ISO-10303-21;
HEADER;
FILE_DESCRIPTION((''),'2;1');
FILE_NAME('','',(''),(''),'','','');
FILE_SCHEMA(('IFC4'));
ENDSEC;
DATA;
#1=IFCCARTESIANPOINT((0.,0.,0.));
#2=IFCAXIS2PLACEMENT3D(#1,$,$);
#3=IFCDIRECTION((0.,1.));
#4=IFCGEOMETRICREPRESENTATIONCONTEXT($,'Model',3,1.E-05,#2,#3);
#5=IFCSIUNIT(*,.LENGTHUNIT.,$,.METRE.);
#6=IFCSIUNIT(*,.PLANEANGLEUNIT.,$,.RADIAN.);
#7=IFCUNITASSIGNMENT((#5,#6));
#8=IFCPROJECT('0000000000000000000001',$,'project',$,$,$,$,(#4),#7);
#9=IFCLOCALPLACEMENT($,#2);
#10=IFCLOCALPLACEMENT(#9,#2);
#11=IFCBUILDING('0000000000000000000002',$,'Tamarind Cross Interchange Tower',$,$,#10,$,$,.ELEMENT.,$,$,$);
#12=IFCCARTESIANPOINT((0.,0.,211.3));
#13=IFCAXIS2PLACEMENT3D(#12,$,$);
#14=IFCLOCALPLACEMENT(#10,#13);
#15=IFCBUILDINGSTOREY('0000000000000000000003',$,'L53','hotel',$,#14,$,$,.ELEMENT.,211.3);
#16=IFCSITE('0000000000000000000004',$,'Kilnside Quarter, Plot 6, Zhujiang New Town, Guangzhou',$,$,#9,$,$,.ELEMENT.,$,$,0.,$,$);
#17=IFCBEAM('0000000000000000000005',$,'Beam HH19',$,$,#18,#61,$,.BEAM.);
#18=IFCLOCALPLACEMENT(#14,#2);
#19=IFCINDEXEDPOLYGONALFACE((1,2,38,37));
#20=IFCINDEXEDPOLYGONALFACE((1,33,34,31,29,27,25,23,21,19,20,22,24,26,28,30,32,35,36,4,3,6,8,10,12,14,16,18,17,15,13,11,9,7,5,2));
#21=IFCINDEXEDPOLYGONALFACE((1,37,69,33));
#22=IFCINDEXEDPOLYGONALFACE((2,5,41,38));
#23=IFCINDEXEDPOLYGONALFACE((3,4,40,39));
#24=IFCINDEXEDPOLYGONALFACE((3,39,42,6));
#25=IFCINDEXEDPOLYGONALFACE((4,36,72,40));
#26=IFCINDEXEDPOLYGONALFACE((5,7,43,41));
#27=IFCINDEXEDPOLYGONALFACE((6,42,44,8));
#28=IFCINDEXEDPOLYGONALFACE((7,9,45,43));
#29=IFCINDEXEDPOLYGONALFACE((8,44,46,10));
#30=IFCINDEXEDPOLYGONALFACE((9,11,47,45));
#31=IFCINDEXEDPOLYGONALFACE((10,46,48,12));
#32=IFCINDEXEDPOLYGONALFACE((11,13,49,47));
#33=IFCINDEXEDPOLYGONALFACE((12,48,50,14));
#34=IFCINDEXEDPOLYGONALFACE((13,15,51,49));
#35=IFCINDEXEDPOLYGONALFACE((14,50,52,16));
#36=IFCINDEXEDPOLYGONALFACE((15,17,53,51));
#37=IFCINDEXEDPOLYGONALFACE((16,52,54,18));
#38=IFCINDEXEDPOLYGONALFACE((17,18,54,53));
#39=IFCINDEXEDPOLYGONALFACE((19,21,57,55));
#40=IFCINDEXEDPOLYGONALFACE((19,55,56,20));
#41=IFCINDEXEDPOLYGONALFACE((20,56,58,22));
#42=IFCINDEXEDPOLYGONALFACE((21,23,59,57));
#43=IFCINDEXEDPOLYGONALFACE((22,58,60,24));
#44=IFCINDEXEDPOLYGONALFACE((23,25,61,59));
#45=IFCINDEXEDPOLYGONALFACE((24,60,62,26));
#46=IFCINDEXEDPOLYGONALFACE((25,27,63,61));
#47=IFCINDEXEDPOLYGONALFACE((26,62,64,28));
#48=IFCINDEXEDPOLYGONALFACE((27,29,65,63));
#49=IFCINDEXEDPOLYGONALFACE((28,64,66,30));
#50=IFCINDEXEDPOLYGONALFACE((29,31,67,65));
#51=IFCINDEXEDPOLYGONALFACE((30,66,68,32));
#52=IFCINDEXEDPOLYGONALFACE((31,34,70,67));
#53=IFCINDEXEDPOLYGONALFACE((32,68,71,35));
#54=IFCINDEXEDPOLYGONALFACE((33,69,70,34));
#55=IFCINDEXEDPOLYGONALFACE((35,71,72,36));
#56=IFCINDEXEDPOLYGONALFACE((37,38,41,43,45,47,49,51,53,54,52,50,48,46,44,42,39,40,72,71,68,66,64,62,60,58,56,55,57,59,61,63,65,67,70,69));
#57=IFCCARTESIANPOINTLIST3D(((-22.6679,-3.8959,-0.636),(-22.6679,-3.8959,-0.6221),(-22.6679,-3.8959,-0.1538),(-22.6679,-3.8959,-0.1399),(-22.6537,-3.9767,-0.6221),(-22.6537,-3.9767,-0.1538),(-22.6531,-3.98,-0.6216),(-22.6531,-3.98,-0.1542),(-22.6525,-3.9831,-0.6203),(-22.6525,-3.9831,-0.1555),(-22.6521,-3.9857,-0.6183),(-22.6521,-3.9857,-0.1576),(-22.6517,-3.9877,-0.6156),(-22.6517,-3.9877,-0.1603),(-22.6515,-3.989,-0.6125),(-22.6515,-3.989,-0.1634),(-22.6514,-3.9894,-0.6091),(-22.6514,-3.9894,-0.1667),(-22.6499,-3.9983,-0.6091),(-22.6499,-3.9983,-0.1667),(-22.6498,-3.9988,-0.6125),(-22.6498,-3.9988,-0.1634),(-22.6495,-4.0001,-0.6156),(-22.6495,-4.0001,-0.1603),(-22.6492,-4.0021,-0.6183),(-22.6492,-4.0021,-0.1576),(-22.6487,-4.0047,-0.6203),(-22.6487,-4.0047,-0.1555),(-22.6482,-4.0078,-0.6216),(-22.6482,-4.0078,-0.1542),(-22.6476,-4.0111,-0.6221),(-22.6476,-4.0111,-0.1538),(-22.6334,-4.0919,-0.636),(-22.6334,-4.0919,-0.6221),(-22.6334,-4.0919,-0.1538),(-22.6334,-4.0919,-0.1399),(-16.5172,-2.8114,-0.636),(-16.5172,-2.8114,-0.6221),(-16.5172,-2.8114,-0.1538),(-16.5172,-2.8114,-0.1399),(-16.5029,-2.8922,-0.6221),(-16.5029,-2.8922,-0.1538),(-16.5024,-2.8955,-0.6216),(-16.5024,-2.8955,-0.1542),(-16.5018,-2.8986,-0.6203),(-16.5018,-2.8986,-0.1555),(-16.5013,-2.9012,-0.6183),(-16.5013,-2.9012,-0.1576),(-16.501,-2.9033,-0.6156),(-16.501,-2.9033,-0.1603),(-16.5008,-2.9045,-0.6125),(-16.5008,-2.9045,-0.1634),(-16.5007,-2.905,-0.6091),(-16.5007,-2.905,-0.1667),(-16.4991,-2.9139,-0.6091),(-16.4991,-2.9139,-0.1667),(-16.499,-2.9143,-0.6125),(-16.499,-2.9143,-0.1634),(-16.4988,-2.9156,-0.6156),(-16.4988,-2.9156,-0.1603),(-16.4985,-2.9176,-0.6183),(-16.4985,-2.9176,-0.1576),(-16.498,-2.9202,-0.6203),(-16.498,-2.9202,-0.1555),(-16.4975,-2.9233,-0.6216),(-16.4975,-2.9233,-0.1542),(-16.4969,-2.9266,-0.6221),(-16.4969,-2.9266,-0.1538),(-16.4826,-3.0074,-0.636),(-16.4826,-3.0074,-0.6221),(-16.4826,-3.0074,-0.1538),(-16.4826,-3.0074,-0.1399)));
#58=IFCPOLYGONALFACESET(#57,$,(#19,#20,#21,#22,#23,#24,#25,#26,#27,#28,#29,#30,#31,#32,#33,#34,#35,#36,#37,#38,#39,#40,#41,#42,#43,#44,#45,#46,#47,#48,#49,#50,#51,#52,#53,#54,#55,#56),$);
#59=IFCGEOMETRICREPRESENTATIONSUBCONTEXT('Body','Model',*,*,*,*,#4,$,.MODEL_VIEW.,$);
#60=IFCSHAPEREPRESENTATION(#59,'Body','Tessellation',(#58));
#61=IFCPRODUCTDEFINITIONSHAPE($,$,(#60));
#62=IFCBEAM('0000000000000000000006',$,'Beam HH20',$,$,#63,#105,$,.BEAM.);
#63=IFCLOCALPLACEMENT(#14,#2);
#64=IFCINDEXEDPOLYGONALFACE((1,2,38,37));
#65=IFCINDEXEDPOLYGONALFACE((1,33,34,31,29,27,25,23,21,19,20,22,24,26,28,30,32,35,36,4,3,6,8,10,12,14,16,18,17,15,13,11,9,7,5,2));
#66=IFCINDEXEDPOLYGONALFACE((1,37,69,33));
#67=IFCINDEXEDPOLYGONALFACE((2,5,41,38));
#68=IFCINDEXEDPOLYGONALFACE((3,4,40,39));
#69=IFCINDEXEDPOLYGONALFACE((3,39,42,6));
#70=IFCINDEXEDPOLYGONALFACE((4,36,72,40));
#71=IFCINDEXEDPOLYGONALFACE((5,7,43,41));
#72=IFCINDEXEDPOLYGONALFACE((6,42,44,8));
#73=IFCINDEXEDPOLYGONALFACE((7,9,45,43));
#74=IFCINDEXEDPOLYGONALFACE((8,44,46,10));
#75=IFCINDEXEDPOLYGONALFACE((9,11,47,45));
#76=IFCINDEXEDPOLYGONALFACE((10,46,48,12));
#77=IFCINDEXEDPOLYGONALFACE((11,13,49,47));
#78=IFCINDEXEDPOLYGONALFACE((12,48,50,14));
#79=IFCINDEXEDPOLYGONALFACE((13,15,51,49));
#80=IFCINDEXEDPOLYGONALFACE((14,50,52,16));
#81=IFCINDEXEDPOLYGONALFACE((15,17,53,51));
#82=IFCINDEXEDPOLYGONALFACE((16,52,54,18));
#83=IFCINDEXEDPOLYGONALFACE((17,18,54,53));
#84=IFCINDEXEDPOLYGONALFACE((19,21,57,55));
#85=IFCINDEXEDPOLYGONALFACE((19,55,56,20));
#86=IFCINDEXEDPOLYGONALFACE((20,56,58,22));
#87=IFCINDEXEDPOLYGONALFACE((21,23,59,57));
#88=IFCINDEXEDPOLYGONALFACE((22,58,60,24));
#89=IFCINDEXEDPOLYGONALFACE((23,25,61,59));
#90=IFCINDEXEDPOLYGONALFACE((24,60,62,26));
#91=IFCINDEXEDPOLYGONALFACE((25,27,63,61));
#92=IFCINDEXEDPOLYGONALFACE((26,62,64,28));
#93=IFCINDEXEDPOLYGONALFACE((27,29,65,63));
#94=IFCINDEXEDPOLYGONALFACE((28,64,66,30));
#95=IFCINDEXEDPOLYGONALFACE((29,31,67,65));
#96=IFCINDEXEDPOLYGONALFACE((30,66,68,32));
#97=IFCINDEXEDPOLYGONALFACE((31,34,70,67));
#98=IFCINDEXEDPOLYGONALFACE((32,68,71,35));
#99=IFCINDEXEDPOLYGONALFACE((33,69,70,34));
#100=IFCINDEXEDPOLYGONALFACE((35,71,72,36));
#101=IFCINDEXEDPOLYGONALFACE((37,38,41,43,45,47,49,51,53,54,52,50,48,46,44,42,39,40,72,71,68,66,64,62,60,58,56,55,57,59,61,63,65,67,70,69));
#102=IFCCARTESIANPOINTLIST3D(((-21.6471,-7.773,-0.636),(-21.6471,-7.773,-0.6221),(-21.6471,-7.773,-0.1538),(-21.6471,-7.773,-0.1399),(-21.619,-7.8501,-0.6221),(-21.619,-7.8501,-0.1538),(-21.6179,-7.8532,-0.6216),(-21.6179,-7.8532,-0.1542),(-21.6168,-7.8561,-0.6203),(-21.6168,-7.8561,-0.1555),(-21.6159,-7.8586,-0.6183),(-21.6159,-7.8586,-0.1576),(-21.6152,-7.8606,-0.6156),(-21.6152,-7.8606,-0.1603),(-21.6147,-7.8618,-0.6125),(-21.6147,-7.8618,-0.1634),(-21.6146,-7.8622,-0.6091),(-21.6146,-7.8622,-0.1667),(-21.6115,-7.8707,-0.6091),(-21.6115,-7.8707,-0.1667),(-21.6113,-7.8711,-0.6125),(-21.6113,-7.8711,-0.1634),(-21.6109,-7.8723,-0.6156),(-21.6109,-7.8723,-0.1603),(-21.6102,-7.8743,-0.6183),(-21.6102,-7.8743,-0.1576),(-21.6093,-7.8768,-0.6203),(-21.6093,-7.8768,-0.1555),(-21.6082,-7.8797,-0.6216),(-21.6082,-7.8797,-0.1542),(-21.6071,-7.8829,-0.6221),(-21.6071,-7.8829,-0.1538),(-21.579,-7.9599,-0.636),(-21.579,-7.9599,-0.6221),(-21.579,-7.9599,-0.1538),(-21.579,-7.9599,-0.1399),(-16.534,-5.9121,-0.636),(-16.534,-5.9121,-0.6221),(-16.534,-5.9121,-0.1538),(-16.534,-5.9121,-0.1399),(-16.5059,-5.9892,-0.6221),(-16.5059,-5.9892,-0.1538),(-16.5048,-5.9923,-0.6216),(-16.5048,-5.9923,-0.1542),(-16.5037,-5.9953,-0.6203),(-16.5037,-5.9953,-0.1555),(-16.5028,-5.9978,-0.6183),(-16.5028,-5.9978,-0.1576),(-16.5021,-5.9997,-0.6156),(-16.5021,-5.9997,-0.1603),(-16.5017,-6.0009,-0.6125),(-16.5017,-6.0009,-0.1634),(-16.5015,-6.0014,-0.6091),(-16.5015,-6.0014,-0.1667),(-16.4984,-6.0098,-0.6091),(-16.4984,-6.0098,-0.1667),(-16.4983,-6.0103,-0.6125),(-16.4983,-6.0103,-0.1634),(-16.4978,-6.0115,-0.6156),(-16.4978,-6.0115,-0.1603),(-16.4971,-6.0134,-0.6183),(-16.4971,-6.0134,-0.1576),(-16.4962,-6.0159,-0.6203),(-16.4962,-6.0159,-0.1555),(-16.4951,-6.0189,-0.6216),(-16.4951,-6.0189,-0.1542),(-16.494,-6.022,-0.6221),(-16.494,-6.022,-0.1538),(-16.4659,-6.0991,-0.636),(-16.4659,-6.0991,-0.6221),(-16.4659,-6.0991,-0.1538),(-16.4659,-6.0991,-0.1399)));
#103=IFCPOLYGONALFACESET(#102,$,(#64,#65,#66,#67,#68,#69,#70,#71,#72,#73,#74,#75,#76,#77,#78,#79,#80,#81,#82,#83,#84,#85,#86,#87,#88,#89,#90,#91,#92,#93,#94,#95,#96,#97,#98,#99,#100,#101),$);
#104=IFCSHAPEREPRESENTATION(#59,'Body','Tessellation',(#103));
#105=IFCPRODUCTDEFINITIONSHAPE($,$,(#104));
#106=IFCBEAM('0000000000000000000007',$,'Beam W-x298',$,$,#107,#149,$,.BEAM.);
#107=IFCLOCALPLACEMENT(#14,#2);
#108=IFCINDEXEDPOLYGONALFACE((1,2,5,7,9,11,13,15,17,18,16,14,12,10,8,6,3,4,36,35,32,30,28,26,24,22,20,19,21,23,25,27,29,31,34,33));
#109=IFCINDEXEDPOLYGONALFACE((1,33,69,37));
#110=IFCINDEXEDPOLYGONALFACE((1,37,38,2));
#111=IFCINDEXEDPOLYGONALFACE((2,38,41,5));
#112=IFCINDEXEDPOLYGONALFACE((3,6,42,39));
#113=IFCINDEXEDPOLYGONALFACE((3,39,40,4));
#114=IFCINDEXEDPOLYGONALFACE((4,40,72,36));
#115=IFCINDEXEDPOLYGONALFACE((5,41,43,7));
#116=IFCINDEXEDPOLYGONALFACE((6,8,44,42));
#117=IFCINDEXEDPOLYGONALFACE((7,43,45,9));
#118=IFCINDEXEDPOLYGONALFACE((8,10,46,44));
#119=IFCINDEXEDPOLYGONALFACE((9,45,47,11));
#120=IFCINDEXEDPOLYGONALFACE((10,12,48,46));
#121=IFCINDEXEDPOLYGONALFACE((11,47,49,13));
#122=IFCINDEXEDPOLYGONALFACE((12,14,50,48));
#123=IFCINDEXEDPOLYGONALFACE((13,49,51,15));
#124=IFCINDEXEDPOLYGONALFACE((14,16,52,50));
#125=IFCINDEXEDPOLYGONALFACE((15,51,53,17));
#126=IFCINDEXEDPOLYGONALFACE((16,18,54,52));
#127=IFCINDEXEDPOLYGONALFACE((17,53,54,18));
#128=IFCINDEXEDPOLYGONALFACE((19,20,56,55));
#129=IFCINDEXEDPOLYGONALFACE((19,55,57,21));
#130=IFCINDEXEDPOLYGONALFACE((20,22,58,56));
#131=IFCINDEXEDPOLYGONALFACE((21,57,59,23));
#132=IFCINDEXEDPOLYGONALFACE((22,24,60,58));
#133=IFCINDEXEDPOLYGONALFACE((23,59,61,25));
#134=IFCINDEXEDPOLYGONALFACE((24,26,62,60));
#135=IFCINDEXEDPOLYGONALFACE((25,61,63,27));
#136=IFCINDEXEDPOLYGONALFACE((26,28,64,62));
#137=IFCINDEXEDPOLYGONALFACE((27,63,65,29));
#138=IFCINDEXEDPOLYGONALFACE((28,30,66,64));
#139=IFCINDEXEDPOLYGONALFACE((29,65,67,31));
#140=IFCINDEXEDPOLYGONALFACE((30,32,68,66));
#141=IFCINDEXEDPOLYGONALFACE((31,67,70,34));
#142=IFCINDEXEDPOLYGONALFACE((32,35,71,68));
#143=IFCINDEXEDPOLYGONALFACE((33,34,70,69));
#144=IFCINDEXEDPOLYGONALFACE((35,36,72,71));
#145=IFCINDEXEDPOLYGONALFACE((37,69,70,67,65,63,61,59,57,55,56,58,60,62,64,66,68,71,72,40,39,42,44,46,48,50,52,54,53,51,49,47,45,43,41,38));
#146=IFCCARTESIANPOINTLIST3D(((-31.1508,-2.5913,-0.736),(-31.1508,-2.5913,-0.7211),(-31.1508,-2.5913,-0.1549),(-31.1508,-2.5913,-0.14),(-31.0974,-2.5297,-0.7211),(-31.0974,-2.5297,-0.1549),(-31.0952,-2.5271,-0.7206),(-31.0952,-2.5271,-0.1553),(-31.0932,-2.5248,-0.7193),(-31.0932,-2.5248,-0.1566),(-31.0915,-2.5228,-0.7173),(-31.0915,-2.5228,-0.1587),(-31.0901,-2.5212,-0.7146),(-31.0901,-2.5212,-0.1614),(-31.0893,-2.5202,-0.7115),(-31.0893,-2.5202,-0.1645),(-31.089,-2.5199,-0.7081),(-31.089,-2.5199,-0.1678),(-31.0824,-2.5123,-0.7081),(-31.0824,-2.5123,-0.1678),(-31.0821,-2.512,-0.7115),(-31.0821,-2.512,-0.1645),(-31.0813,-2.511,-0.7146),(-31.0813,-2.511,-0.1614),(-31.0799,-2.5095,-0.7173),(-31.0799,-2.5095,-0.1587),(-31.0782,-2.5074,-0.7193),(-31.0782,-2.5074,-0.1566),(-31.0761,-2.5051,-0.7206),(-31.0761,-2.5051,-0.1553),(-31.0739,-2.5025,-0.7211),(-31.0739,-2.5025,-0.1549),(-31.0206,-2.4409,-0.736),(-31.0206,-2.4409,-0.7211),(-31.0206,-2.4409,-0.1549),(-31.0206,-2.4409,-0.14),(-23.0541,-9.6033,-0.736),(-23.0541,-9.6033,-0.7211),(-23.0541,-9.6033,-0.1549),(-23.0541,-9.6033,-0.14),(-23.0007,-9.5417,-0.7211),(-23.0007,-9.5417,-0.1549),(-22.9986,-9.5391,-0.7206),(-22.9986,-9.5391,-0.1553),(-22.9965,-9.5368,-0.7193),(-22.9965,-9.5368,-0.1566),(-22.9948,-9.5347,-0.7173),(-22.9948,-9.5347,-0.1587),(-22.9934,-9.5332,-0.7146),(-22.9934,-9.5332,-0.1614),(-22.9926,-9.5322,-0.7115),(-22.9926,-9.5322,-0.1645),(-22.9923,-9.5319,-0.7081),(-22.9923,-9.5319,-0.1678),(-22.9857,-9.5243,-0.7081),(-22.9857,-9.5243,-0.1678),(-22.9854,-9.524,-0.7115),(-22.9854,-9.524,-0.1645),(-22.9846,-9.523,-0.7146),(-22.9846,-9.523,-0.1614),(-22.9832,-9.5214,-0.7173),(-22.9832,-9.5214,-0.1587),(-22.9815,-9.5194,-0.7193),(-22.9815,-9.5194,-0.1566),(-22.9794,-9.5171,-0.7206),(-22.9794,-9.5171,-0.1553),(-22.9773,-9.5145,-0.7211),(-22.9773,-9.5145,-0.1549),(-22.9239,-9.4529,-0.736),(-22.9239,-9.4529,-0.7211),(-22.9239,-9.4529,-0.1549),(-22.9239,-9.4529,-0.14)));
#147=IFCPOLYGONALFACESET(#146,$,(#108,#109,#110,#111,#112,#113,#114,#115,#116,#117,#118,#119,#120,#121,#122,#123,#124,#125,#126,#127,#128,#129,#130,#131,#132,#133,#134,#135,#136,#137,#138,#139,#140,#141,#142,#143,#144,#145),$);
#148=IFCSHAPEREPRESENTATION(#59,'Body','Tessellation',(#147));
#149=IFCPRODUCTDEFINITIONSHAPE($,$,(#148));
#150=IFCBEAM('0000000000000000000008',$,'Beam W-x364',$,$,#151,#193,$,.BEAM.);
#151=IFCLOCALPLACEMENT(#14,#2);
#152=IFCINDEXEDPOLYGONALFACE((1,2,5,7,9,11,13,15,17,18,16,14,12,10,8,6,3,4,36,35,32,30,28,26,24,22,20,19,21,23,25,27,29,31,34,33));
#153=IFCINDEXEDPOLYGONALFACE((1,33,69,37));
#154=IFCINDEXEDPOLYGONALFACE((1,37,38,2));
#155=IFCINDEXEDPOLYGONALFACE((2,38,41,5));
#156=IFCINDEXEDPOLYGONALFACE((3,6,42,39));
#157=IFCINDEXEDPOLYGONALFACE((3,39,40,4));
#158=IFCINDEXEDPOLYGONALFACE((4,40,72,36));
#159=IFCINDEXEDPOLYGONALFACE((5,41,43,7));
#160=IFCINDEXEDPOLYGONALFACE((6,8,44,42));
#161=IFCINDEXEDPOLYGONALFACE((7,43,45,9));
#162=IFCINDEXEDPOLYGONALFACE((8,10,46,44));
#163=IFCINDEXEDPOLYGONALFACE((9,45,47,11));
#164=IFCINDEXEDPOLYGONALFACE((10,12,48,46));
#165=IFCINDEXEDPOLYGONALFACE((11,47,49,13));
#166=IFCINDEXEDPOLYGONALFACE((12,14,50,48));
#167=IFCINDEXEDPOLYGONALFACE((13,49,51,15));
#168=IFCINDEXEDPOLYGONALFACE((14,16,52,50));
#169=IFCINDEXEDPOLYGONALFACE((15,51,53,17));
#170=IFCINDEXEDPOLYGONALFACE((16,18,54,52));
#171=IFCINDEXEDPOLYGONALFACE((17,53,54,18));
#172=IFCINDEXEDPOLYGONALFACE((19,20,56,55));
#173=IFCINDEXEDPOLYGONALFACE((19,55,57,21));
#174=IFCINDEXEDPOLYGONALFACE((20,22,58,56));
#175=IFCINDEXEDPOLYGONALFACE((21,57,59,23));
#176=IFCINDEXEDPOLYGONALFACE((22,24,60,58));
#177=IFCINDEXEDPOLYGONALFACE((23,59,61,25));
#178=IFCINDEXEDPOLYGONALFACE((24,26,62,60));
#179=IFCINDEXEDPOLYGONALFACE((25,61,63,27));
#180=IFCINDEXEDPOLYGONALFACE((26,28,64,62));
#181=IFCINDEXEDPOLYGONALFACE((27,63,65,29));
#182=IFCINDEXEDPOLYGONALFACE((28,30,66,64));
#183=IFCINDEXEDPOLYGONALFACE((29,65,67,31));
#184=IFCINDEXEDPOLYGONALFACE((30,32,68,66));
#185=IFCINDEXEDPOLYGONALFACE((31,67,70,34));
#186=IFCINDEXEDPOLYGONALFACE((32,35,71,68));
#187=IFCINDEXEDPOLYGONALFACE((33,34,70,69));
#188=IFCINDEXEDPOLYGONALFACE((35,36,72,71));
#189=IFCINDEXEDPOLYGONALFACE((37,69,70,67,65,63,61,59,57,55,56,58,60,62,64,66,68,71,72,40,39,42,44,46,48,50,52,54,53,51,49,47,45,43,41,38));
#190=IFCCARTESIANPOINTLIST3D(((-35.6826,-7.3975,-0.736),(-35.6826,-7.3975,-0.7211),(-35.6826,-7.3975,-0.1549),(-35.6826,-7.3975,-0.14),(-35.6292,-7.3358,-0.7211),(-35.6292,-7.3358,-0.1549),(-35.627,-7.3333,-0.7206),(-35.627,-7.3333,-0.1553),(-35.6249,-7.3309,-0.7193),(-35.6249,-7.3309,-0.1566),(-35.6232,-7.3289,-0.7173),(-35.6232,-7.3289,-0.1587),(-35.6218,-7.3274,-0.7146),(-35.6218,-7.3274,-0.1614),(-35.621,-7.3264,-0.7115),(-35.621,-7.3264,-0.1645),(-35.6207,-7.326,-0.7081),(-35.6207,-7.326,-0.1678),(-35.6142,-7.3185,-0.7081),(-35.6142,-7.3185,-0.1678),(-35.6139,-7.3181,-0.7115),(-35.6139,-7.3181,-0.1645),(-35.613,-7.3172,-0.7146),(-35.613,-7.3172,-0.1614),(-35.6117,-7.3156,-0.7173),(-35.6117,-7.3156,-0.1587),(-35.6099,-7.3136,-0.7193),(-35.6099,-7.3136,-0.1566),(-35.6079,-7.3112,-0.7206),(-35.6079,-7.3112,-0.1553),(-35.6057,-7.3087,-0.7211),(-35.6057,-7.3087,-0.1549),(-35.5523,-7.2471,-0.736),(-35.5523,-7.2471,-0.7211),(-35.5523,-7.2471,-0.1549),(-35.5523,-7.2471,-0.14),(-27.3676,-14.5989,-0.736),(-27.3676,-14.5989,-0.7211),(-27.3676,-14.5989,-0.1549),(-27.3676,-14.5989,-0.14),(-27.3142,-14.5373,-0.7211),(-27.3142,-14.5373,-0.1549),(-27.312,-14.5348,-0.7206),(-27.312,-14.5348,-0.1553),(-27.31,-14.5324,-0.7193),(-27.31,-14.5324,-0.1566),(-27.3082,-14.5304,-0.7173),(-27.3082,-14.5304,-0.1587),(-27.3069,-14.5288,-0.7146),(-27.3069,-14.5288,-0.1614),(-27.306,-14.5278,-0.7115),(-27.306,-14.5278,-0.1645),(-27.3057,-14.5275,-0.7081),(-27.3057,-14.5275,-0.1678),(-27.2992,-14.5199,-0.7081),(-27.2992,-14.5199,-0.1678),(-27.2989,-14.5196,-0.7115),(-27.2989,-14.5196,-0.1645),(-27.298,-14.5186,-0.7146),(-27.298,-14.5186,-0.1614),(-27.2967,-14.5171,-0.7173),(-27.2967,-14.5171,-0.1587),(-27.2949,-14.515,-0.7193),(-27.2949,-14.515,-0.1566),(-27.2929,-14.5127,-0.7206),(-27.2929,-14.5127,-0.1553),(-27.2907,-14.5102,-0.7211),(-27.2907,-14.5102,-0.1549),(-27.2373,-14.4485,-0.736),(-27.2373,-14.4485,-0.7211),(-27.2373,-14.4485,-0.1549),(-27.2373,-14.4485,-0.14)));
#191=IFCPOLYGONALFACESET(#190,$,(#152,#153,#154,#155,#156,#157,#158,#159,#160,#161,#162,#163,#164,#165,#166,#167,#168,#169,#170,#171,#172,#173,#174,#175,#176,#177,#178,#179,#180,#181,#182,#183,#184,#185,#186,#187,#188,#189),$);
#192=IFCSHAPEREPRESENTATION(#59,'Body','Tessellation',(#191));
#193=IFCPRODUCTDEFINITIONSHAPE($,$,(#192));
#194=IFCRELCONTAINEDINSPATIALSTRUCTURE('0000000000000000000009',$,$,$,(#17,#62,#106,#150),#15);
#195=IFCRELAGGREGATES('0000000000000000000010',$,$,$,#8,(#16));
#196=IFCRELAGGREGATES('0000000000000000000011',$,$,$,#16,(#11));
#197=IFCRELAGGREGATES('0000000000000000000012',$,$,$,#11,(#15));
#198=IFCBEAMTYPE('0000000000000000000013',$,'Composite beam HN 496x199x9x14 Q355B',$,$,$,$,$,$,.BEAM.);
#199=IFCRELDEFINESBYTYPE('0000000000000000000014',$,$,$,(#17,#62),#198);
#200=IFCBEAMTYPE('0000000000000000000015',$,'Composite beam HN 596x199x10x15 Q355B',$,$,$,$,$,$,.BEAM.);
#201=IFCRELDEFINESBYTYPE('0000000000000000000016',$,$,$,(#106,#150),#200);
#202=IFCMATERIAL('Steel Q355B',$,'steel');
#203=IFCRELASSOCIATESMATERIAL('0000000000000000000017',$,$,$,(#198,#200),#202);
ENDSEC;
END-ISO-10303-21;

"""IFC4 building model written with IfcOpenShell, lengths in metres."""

from ifc_helpers import new_model, si_unit, direction, frame, origin, origin_2d, place, context, subcontext, project, spatial, i_section, extrude, material, material_profile, profile_set, type_object, element, save


model = new_model("IFC4")

# Units and contexts
model_context = context("Model", 3, precision=1e-05, world=origin(), true_north=direction((0.0, 1.0)))
body_context = subcontext(model_context, "Body", "Model", "MODEL_VIEW")
ifc_project = project(units=[si_unit("LENGTHUNIT", "METRE"), si_unit("PLANEANGLEUNIT", "RADIAN")], contexts=[model_context])

# Site, building, storey
site_placement = place(None, origin())
site = spatial("IfcSite", under=ifc_project, at=site_placement, Name="Kilnside Quarter, Plot 6, Zhujiang New Town, Guangzhou", CompositionType="ELEMENT", RefElevation=0.0)
building_placement = place(site_placement, origin())
building = spatial("IfcBuilding", under=site, at=building_placement, Name="Tamarind Cross Interchange Tower", CompositionType="ELEMENT")
storey_placement = place(building_placement, frame((0.0, 0.0, 211.3)))
storey = spatial("IfcBuildingStorey", under=building, at=storey_placement, Name="L53", Description="hotel", CompositionType="ELEMENT", Elevation=211.3)

# Beams
ifc_material_1 = material(Name="Steel Q355B", Category="steel")
ifc_material_profile_1 = material_profile(ifc_material_1, i_section(OverallWidth=0.199, OverallDepth=0.4961, WebThickness=0.009, FlangeThickness=0.0139, FilletRadius=0.0129, at=origin_2d()), Name="HN 496x199x9x14")
ifc_profile_set_1 = profile_set([ifc_material_profile_1], Name="Steel Q355B")
beam_type_1 = type_object("IfcBeamType", Name="Composite beam HN 496x199x9x14 Q355B", PredefinedType="BEAM", material=ifc_profile_set_1)
beam_1_placement = place(storey_placement, frame((-22.6506, -3.9939, -0.3879), z_axis=(0.984809, 0.17364, 0.0), x_axis=(-0.17364, 0.984809, 0.0)))
element("IfcBeam", 1, at=beam_1_placement, inside=storey, type_object=beam_type_1, Name="Beam HH19", PredefinedType="BEAM", context=body_context, shape_type="SweptSolid", body=[
    extrude(i_section(OverallWidth=0.199, OverallDepth=0.4961, WebThickness=0.009, FlangeThickness=0.0139, FilletRadius=0.0129, at=origin_2d()), origin(), (0.0, 0.0, 1.0), 6.2456),
])
beam_2_placement = place(storey_placement, frame((-21.613, -7.8665, -0.3879), z_axis=(0.939702, 0.341995, 0.0), x_axis=(-0.341995, 0.939702, 0.0)))
element("IfcBeam", 2, at=beam_2_placement, inside=storey, type_object=beam_type_1, Name="Beam HH20", PredefinedType="BEAM", context=body_context, shape_type="SweptSolid", body=[
    extrude(i_section(OverallWidth=0.199, OverallDepth=0.4961, WebThickness=0.009, FlangeThickness=0.0139, FilletRadius=0.0129, at=origin_2d()), origin(), (0.0, 0.0, 1.0), 5.4412),
])
ifc_material_profile_2 = material_profile(ifc_material_1, i_section(OverallWidth=0.199, OverallDepth=0.5959, WebThickness=0.01, FlangeThickness=0.0149, FilletRadius=0.0129, at=origin_2d()), Name="HN 596x199x10x15")
ifc_profile_set_2 = profile_set([ifc_material_profile_2], Name="Steel Q355B")
beam_type_2 = type_object("IfcBeamType", Name="Composite beam HN 596x199x10x15 Q355B", PredefinedType="BEAM", material=ifc_profile_set_2)
beam_3_placement = place(storey_placement, frame((-31.0857, -2.5161, -0.438), z_axis=(0.755927, -0.654655, 0.0), x_axis=(0.654655, 0.755927, 0.0)))
element("IfcBeam", 3, at=beam_3_placement, inside=storey, type_object=beam_type_2, Name="Beam W-x298", PredefinedType="BEAM", context=body_context, shape_type="SweptSolid", body=[
    extrude(i_section(OverallWidth=0.199, OverallDepth=0.5959, WebThickness=0.01, FlangeThickness=0.0149, FilletRadius=0.0129, at=origin_2d()), origin(), (0.0, 0.0, 1.0), 10.7109),
])
beam_4_placement = place(storey_placement, frame((-35.6174, -7.3223, -0.438), z_axis=(0.755908, -0.654678, 0.0), x_axis=(0.654678, 0.755908, 0.0)))
element("IfcBeam", 4, at=beam_4_placement, inside=storey, type_object=beam_type_2, Name="Beam W-x364", PredefinedType="BEAM", context=body_context, shape_type="SweptSolid", body=[
    extrude(i_section(OverallWidth=0.199, OverallDepth=0.5959, WebThickness=0.01, FlangeThickness=0.0149, FilletRadius=0.0129, at=origin_2d()), origin(), (0.0, 0.0, 1.0), 11.0),
])

save(model, "model.ifc")
